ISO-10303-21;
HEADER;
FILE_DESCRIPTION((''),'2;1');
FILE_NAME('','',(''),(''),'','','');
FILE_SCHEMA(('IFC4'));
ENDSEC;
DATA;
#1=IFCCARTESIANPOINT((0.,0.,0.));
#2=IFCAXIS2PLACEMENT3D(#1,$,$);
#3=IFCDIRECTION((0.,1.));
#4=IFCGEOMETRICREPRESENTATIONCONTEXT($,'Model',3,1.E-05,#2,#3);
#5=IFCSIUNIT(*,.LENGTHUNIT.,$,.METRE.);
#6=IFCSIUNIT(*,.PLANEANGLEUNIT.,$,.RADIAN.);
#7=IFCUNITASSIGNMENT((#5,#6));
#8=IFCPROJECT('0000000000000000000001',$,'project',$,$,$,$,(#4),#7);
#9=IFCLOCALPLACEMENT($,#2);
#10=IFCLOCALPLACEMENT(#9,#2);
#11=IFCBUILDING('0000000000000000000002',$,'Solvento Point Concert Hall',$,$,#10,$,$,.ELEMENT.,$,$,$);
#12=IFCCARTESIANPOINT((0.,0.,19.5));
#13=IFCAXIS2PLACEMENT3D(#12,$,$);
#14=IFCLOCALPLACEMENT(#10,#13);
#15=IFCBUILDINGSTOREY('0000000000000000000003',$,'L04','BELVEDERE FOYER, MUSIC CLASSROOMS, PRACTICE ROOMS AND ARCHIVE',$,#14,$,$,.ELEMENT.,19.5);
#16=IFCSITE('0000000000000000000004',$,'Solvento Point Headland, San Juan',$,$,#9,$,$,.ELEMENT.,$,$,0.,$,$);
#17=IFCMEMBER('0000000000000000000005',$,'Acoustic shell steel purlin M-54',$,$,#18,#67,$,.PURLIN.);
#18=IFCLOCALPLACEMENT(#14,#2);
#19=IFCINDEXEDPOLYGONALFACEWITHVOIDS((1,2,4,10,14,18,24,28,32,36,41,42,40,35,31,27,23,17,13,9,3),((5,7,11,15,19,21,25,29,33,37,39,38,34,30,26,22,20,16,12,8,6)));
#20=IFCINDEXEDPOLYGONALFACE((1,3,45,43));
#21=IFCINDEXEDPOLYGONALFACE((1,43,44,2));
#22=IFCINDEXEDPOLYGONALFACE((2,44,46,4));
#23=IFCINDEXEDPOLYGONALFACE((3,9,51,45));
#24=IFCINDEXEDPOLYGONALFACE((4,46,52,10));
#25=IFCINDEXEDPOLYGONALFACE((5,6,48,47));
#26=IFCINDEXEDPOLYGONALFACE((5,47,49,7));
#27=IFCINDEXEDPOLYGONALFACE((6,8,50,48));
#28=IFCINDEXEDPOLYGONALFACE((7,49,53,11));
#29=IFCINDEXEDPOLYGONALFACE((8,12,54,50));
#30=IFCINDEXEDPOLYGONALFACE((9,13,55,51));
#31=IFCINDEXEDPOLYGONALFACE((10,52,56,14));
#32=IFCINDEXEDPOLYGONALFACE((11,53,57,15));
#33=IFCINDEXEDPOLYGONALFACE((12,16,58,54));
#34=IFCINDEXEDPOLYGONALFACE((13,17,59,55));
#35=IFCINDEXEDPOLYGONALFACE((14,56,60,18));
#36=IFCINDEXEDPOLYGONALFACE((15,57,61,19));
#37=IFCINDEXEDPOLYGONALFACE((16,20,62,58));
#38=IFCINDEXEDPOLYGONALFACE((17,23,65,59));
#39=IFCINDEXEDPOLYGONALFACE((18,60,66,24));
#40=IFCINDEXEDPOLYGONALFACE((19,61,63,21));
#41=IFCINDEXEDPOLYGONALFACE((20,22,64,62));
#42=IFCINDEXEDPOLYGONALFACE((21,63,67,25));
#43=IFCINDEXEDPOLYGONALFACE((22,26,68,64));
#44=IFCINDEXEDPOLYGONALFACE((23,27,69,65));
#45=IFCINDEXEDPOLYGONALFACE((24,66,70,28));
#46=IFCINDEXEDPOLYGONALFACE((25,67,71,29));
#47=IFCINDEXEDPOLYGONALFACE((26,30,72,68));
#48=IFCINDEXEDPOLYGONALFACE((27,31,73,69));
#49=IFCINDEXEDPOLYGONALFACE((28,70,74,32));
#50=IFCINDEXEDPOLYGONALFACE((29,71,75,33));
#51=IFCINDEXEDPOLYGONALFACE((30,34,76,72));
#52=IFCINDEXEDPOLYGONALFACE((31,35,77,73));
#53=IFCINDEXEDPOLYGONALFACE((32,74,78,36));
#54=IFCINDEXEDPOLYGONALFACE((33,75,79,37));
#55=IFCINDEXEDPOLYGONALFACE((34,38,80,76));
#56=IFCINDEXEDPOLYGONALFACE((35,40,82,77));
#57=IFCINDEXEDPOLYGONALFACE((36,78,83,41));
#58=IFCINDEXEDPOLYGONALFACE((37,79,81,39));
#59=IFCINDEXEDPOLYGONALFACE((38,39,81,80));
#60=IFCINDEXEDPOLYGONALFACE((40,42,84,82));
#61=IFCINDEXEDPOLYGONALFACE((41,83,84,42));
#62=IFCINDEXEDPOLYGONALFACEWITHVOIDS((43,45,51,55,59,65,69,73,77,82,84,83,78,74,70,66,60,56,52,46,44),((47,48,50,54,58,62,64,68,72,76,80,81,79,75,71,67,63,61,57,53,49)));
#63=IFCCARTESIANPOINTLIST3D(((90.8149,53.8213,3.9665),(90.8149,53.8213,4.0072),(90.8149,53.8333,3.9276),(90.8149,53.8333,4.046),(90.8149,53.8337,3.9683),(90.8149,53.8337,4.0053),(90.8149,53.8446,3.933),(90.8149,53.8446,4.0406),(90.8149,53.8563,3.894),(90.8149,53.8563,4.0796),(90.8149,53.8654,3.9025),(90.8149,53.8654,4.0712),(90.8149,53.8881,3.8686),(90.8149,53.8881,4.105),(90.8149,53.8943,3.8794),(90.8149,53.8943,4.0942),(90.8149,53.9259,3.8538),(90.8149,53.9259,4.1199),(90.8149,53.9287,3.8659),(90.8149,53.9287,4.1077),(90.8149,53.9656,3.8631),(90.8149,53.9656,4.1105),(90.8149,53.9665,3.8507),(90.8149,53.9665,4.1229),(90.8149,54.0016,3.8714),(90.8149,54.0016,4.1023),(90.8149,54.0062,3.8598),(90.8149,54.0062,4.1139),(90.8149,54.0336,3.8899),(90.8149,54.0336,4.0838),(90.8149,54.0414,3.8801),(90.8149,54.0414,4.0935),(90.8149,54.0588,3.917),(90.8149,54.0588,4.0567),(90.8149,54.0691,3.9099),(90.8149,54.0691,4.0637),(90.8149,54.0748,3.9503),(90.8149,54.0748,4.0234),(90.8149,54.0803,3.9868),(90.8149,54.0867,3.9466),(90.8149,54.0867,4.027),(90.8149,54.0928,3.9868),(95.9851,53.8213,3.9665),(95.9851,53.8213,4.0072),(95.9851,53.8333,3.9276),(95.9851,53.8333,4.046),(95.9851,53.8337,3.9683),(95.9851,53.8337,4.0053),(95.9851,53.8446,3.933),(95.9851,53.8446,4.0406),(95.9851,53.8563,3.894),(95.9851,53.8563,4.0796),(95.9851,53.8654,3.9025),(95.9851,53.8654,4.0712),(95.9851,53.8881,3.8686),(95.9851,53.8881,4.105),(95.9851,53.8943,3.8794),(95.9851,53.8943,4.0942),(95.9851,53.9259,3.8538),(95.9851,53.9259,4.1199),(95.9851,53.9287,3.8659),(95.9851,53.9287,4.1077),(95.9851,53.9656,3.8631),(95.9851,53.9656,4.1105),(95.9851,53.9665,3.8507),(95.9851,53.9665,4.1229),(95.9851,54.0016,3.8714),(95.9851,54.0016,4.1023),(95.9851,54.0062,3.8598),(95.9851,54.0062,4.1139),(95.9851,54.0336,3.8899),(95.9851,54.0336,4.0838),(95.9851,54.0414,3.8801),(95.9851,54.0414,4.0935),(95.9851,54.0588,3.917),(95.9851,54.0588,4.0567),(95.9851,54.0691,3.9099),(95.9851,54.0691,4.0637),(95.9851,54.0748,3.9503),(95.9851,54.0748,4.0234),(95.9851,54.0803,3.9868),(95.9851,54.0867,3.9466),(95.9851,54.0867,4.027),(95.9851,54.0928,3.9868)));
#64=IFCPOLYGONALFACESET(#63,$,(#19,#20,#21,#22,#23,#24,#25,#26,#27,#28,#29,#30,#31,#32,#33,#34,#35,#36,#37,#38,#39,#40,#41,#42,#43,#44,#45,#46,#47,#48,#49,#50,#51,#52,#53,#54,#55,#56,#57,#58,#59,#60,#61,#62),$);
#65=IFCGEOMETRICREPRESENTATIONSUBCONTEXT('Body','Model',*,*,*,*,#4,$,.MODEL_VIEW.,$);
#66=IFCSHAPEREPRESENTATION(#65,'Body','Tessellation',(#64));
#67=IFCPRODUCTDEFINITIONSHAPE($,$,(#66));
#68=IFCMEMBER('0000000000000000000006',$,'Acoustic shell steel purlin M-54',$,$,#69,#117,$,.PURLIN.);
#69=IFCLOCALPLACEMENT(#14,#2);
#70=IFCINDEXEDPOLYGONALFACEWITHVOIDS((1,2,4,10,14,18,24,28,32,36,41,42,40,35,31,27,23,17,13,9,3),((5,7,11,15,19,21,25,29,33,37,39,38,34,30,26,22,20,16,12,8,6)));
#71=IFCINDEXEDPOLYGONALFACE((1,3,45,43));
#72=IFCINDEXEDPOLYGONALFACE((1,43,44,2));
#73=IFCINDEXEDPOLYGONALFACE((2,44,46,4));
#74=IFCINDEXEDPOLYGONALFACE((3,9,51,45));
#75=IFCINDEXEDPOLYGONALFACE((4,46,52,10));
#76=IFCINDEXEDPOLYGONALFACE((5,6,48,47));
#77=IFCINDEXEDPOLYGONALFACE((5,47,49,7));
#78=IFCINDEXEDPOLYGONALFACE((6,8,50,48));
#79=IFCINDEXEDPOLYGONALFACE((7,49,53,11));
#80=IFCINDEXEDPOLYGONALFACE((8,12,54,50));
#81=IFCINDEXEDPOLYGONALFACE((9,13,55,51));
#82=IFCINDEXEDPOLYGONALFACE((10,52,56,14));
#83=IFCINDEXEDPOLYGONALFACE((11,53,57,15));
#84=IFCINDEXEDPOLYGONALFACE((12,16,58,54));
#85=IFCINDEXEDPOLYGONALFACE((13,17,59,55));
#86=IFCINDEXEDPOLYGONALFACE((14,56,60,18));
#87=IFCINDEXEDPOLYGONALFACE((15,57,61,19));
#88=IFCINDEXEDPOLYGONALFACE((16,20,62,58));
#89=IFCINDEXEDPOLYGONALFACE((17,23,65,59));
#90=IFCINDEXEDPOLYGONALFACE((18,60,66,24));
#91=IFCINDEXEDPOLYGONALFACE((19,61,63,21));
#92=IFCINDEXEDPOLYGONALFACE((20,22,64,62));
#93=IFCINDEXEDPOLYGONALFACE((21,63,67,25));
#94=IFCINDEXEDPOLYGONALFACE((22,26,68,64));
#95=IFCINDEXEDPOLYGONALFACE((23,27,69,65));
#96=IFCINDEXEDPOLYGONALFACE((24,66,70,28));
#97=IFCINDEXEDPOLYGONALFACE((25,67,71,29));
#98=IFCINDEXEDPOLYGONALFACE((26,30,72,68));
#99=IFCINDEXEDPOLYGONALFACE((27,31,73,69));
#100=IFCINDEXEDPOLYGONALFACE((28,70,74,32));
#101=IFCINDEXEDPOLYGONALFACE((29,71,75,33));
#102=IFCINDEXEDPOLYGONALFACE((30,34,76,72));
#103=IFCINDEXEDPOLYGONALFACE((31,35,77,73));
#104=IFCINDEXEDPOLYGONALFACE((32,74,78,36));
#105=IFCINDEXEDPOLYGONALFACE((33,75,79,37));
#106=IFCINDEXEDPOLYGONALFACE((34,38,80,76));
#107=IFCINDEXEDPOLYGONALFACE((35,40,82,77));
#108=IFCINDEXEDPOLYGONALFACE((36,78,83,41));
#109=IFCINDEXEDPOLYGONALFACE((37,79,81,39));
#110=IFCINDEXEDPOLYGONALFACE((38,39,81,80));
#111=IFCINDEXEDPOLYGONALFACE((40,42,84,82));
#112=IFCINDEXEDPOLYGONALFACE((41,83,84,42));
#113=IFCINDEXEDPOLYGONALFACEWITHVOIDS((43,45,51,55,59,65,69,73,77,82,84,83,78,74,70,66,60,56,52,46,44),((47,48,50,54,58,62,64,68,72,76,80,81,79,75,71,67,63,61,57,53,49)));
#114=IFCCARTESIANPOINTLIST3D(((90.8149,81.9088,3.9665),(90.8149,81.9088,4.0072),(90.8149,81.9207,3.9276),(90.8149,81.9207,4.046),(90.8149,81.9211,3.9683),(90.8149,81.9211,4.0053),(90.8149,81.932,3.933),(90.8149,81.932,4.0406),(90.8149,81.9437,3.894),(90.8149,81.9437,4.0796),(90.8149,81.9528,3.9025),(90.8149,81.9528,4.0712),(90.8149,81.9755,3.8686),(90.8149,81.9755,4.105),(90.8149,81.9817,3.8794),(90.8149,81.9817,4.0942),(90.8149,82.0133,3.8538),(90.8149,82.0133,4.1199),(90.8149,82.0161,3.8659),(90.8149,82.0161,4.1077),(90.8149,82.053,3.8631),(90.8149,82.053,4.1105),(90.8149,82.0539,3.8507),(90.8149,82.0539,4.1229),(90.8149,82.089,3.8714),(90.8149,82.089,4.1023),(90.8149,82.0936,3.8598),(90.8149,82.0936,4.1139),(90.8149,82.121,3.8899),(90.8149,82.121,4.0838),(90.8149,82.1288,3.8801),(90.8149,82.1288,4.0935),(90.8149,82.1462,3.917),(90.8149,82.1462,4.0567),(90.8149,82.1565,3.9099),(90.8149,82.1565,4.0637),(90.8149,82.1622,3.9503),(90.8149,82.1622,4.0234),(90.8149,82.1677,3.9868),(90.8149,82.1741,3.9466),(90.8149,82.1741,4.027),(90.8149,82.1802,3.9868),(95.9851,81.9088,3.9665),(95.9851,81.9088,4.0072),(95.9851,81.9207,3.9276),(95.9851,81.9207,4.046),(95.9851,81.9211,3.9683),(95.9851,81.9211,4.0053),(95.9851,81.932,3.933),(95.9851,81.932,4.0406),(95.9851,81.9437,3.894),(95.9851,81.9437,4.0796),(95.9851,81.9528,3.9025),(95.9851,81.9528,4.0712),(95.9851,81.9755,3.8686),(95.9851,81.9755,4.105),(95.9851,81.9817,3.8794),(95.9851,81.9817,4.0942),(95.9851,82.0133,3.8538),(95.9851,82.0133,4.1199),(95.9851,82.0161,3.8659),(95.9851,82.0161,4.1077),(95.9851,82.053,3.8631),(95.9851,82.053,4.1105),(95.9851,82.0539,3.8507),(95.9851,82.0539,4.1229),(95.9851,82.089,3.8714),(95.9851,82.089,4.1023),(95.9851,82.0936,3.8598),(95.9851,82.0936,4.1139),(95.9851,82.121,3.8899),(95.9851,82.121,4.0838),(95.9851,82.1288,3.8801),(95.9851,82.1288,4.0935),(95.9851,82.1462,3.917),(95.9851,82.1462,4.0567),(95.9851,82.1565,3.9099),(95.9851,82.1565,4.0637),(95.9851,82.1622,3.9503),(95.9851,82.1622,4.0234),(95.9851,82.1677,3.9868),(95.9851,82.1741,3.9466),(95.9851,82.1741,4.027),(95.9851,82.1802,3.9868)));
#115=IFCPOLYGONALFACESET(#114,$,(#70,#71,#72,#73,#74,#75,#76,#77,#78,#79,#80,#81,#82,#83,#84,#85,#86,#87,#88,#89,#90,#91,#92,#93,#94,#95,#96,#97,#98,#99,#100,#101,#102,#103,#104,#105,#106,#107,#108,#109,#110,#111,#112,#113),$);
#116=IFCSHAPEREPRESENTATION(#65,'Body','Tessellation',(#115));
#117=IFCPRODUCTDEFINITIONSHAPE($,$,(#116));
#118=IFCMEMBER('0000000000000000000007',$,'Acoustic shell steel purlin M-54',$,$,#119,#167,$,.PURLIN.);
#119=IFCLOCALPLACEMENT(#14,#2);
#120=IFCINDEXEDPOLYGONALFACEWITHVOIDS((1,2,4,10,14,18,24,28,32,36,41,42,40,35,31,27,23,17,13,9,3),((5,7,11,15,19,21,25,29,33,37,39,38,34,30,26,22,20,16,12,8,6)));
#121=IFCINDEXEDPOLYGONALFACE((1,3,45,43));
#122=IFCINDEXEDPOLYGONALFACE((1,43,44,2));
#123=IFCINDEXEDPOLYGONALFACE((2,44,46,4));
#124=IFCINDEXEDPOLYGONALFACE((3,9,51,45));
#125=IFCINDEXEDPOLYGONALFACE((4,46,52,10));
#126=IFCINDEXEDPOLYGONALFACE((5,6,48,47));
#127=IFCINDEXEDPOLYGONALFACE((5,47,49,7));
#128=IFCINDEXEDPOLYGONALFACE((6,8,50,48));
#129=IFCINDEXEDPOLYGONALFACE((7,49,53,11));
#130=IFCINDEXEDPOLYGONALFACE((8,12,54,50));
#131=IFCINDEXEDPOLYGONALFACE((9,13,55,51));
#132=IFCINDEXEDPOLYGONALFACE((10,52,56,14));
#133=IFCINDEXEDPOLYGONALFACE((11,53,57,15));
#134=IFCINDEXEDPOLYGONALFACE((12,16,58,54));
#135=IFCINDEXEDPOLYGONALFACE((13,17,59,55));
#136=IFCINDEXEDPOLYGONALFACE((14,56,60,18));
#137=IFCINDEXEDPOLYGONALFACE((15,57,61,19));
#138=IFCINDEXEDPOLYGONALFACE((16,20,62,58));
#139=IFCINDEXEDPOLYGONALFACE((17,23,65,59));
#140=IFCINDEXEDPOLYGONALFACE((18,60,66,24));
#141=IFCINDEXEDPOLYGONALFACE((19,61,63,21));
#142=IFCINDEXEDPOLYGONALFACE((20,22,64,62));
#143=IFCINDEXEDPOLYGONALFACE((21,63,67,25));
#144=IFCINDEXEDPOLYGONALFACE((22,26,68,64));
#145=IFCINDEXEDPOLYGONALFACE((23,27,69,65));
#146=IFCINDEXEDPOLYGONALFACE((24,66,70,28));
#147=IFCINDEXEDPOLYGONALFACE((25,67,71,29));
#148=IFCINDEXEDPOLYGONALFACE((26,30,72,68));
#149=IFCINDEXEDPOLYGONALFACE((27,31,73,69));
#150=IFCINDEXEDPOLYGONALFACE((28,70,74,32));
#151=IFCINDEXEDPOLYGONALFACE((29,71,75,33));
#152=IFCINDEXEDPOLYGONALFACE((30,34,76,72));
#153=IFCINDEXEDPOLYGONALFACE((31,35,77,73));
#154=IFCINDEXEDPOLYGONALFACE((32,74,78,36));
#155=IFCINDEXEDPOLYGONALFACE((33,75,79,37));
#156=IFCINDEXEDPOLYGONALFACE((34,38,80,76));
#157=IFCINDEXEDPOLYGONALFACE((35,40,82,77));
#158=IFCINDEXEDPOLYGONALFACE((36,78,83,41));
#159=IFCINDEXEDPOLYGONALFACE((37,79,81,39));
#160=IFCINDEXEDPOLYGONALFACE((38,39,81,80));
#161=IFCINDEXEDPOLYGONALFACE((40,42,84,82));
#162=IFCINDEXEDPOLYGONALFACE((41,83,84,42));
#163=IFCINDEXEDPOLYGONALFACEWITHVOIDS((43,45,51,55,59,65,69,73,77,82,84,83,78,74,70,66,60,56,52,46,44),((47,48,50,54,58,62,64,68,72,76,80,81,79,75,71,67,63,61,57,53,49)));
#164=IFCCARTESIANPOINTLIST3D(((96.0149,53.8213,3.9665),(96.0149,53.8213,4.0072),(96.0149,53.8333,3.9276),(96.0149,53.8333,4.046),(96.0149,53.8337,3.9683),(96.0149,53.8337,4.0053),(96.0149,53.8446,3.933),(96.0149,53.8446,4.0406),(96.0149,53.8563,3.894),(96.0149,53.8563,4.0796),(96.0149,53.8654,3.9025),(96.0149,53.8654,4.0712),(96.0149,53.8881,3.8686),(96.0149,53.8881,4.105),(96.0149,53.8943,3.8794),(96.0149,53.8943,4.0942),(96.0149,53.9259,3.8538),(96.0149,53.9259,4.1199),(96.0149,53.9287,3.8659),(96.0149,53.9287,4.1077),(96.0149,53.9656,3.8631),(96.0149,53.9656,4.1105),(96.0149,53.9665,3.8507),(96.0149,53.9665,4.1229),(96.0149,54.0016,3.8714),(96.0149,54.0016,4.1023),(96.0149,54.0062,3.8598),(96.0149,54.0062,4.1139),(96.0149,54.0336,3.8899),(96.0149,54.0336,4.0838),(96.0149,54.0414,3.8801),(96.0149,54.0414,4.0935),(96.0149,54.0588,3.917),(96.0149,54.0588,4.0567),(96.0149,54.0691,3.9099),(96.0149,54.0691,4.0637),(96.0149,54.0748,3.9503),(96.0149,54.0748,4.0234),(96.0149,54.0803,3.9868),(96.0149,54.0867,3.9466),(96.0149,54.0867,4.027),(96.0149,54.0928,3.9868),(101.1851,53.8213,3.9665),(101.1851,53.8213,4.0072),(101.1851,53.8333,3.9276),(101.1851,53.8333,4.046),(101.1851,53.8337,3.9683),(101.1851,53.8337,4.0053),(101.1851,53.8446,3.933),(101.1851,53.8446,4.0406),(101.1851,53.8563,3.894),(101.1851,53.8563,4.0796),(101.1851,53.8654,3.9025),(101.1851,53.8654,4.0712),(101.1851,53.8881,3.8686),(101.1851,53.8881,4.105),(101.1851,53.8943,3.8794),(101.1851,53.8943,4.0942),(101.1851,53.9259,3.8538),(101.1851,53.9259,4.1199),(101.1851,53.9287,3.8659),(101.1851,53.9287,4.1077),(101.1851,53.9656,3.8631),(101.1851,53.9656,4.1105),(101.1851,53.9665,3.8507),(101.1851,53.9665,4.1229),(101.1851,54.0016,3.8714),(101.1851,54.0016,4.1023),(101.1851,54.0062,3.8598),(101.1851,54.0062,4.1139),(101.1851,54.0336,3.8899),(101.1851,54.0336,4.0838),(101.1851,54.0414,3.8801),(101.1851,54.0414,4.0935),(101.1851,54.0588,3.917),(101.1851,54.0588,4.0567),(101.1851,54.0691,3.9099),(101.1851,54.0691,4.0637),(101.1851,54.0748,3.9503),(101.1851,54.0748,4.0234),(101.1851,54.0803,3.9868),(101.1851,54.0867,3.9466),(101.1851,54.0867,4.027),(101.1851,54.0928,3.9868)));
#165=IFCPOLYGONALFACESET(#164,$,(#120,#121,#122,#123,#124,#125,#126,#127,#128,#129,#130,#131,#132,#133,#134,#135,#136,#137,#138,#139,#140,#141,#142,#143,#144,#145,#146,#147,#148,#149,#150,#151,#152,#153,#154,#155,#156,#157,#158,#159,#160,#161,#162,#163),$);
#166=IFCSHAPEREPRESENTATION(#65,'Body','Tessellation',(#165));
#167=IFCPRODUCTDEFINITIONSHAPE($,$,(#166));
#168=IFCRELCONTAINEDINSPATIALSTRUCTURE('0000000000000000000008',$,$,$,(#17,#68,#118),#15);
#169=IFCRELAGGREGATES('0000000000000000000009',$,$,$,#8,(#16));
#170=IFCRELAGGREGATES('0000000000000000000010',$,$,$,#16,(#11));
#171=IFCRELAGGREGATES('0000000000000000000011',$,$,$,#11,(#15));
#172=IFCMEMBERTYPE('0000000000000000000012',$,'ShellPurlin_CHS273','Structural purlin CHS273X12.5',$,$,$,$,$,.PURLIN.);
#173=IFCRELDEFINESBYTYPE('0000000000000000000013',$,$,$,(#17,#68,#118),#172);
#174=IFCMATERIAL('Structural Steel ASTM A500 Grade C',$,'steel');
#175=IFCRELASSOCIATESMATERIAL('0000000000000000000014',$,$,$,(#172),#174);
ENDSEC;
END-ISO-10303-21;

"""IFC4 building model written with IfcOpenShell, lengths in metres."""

from ifc_helpers import new_model, si_unit, direction, frame, origin, origin_2d, place, context, subcontext, project, spatial, hollow_circle, extrude, material, material_profile, profile_set, type_object, element, save


model = new_model("IFC4")

# Units and contexts
model_context = context("Model", 3, precision=1e-05, world=origin(), true_north=direction((0.0, 1.0)))
body_context = subcontext(model_context, "Body", "Model", "MODEL_VIEW")
ifc_project = project(units=[si_unit("LENGTHUNIT", "METRE"), si_unit("PLANEANGLEUNIT", "RADIAN")], contexts=[model_context])

# Site, building, storey
site_placement = place(None, origin())
site = spatial("IfcSite", under=ifc_project, at=site_placement, Name="Solvento Point Headland, San Juan", CompositionType="ELEMENT", RefElevation=0.0)
building_placement = place(site_placement, origin())
building = spatial("IfcBuilding", under=site, at=building_placement, Name="Solvento Point Concert Hall", CompositionType="ELEMENT")
storey_placement = place(building_placement, frame((0.0, 0.0, 19.5)))
storey = spatial("IfcBuildingStorey", under=building, at=storey_placement, Name="L04", Description="BELVEDERE FOYER, MUSIC CLASSROOMS, PRACTICE ROOMS AND ARCHIVE", CompositionType="ELEMENT", Elevation=19.5)

# Members
ifc_material_1 = material(Name="Structural Steel ASTM A500 Grade C", Category="steel")
ifc_material_profile_1 = material_profile(ifc_material_1, hollow_circle(Radius=0.1365, WallThickness=0.0125, at=origin_2d()), Name="CHS273X12.5")
ifc_profile_set_1 = profile_set([ifc_material_profile_1], Name="Structural Steel ASTM A500 Grade C")
member_type_1 = type_object("IfcMemberType", Name="ShellPurlin_CHS273", Description="Structural purlin CHS273X12.5", PredefinedType="PURLIN", material=ifc_profile_set_1)
for number, where, z_axis, x_axis, name in (
    (1, (90.8149, 53.9563, 3.9868), (1.0, 0.0, 0.0), (0.0, 1.0, 0.0), "Acoustic shell steel purlin M-54"),
    (2, (90.8149, 82.0437, 3.9868), (1.0, 0.0, 0.0), (0.0, 1.0, 0.0), "Acoustic shell steel purlin M-54"),
    (3, (96.0149, 53.9563, 3.9868), (1.0, 0.0, 0.0), (0.0, 1.0, 0.0), "Acoustic shell steel purlin M-54"),
):
    element("IfcMember", number, at=place(storey_placement, frame(where, z_axis=z_axis, x_axis=x_axis)), inside=storey, type_object=member_type_1, Name=name, PredefinedType="PURLIN", context=body_context, shape_type="SweptSolid", body=[
        extrude(hollow_circle(Radius=0.1365, WallThickness=0.0125, at=origin_2d()), origin(), (0.0, 0.0, 1.0), 5.1702),
    ])

save(model, "model.ifc")
